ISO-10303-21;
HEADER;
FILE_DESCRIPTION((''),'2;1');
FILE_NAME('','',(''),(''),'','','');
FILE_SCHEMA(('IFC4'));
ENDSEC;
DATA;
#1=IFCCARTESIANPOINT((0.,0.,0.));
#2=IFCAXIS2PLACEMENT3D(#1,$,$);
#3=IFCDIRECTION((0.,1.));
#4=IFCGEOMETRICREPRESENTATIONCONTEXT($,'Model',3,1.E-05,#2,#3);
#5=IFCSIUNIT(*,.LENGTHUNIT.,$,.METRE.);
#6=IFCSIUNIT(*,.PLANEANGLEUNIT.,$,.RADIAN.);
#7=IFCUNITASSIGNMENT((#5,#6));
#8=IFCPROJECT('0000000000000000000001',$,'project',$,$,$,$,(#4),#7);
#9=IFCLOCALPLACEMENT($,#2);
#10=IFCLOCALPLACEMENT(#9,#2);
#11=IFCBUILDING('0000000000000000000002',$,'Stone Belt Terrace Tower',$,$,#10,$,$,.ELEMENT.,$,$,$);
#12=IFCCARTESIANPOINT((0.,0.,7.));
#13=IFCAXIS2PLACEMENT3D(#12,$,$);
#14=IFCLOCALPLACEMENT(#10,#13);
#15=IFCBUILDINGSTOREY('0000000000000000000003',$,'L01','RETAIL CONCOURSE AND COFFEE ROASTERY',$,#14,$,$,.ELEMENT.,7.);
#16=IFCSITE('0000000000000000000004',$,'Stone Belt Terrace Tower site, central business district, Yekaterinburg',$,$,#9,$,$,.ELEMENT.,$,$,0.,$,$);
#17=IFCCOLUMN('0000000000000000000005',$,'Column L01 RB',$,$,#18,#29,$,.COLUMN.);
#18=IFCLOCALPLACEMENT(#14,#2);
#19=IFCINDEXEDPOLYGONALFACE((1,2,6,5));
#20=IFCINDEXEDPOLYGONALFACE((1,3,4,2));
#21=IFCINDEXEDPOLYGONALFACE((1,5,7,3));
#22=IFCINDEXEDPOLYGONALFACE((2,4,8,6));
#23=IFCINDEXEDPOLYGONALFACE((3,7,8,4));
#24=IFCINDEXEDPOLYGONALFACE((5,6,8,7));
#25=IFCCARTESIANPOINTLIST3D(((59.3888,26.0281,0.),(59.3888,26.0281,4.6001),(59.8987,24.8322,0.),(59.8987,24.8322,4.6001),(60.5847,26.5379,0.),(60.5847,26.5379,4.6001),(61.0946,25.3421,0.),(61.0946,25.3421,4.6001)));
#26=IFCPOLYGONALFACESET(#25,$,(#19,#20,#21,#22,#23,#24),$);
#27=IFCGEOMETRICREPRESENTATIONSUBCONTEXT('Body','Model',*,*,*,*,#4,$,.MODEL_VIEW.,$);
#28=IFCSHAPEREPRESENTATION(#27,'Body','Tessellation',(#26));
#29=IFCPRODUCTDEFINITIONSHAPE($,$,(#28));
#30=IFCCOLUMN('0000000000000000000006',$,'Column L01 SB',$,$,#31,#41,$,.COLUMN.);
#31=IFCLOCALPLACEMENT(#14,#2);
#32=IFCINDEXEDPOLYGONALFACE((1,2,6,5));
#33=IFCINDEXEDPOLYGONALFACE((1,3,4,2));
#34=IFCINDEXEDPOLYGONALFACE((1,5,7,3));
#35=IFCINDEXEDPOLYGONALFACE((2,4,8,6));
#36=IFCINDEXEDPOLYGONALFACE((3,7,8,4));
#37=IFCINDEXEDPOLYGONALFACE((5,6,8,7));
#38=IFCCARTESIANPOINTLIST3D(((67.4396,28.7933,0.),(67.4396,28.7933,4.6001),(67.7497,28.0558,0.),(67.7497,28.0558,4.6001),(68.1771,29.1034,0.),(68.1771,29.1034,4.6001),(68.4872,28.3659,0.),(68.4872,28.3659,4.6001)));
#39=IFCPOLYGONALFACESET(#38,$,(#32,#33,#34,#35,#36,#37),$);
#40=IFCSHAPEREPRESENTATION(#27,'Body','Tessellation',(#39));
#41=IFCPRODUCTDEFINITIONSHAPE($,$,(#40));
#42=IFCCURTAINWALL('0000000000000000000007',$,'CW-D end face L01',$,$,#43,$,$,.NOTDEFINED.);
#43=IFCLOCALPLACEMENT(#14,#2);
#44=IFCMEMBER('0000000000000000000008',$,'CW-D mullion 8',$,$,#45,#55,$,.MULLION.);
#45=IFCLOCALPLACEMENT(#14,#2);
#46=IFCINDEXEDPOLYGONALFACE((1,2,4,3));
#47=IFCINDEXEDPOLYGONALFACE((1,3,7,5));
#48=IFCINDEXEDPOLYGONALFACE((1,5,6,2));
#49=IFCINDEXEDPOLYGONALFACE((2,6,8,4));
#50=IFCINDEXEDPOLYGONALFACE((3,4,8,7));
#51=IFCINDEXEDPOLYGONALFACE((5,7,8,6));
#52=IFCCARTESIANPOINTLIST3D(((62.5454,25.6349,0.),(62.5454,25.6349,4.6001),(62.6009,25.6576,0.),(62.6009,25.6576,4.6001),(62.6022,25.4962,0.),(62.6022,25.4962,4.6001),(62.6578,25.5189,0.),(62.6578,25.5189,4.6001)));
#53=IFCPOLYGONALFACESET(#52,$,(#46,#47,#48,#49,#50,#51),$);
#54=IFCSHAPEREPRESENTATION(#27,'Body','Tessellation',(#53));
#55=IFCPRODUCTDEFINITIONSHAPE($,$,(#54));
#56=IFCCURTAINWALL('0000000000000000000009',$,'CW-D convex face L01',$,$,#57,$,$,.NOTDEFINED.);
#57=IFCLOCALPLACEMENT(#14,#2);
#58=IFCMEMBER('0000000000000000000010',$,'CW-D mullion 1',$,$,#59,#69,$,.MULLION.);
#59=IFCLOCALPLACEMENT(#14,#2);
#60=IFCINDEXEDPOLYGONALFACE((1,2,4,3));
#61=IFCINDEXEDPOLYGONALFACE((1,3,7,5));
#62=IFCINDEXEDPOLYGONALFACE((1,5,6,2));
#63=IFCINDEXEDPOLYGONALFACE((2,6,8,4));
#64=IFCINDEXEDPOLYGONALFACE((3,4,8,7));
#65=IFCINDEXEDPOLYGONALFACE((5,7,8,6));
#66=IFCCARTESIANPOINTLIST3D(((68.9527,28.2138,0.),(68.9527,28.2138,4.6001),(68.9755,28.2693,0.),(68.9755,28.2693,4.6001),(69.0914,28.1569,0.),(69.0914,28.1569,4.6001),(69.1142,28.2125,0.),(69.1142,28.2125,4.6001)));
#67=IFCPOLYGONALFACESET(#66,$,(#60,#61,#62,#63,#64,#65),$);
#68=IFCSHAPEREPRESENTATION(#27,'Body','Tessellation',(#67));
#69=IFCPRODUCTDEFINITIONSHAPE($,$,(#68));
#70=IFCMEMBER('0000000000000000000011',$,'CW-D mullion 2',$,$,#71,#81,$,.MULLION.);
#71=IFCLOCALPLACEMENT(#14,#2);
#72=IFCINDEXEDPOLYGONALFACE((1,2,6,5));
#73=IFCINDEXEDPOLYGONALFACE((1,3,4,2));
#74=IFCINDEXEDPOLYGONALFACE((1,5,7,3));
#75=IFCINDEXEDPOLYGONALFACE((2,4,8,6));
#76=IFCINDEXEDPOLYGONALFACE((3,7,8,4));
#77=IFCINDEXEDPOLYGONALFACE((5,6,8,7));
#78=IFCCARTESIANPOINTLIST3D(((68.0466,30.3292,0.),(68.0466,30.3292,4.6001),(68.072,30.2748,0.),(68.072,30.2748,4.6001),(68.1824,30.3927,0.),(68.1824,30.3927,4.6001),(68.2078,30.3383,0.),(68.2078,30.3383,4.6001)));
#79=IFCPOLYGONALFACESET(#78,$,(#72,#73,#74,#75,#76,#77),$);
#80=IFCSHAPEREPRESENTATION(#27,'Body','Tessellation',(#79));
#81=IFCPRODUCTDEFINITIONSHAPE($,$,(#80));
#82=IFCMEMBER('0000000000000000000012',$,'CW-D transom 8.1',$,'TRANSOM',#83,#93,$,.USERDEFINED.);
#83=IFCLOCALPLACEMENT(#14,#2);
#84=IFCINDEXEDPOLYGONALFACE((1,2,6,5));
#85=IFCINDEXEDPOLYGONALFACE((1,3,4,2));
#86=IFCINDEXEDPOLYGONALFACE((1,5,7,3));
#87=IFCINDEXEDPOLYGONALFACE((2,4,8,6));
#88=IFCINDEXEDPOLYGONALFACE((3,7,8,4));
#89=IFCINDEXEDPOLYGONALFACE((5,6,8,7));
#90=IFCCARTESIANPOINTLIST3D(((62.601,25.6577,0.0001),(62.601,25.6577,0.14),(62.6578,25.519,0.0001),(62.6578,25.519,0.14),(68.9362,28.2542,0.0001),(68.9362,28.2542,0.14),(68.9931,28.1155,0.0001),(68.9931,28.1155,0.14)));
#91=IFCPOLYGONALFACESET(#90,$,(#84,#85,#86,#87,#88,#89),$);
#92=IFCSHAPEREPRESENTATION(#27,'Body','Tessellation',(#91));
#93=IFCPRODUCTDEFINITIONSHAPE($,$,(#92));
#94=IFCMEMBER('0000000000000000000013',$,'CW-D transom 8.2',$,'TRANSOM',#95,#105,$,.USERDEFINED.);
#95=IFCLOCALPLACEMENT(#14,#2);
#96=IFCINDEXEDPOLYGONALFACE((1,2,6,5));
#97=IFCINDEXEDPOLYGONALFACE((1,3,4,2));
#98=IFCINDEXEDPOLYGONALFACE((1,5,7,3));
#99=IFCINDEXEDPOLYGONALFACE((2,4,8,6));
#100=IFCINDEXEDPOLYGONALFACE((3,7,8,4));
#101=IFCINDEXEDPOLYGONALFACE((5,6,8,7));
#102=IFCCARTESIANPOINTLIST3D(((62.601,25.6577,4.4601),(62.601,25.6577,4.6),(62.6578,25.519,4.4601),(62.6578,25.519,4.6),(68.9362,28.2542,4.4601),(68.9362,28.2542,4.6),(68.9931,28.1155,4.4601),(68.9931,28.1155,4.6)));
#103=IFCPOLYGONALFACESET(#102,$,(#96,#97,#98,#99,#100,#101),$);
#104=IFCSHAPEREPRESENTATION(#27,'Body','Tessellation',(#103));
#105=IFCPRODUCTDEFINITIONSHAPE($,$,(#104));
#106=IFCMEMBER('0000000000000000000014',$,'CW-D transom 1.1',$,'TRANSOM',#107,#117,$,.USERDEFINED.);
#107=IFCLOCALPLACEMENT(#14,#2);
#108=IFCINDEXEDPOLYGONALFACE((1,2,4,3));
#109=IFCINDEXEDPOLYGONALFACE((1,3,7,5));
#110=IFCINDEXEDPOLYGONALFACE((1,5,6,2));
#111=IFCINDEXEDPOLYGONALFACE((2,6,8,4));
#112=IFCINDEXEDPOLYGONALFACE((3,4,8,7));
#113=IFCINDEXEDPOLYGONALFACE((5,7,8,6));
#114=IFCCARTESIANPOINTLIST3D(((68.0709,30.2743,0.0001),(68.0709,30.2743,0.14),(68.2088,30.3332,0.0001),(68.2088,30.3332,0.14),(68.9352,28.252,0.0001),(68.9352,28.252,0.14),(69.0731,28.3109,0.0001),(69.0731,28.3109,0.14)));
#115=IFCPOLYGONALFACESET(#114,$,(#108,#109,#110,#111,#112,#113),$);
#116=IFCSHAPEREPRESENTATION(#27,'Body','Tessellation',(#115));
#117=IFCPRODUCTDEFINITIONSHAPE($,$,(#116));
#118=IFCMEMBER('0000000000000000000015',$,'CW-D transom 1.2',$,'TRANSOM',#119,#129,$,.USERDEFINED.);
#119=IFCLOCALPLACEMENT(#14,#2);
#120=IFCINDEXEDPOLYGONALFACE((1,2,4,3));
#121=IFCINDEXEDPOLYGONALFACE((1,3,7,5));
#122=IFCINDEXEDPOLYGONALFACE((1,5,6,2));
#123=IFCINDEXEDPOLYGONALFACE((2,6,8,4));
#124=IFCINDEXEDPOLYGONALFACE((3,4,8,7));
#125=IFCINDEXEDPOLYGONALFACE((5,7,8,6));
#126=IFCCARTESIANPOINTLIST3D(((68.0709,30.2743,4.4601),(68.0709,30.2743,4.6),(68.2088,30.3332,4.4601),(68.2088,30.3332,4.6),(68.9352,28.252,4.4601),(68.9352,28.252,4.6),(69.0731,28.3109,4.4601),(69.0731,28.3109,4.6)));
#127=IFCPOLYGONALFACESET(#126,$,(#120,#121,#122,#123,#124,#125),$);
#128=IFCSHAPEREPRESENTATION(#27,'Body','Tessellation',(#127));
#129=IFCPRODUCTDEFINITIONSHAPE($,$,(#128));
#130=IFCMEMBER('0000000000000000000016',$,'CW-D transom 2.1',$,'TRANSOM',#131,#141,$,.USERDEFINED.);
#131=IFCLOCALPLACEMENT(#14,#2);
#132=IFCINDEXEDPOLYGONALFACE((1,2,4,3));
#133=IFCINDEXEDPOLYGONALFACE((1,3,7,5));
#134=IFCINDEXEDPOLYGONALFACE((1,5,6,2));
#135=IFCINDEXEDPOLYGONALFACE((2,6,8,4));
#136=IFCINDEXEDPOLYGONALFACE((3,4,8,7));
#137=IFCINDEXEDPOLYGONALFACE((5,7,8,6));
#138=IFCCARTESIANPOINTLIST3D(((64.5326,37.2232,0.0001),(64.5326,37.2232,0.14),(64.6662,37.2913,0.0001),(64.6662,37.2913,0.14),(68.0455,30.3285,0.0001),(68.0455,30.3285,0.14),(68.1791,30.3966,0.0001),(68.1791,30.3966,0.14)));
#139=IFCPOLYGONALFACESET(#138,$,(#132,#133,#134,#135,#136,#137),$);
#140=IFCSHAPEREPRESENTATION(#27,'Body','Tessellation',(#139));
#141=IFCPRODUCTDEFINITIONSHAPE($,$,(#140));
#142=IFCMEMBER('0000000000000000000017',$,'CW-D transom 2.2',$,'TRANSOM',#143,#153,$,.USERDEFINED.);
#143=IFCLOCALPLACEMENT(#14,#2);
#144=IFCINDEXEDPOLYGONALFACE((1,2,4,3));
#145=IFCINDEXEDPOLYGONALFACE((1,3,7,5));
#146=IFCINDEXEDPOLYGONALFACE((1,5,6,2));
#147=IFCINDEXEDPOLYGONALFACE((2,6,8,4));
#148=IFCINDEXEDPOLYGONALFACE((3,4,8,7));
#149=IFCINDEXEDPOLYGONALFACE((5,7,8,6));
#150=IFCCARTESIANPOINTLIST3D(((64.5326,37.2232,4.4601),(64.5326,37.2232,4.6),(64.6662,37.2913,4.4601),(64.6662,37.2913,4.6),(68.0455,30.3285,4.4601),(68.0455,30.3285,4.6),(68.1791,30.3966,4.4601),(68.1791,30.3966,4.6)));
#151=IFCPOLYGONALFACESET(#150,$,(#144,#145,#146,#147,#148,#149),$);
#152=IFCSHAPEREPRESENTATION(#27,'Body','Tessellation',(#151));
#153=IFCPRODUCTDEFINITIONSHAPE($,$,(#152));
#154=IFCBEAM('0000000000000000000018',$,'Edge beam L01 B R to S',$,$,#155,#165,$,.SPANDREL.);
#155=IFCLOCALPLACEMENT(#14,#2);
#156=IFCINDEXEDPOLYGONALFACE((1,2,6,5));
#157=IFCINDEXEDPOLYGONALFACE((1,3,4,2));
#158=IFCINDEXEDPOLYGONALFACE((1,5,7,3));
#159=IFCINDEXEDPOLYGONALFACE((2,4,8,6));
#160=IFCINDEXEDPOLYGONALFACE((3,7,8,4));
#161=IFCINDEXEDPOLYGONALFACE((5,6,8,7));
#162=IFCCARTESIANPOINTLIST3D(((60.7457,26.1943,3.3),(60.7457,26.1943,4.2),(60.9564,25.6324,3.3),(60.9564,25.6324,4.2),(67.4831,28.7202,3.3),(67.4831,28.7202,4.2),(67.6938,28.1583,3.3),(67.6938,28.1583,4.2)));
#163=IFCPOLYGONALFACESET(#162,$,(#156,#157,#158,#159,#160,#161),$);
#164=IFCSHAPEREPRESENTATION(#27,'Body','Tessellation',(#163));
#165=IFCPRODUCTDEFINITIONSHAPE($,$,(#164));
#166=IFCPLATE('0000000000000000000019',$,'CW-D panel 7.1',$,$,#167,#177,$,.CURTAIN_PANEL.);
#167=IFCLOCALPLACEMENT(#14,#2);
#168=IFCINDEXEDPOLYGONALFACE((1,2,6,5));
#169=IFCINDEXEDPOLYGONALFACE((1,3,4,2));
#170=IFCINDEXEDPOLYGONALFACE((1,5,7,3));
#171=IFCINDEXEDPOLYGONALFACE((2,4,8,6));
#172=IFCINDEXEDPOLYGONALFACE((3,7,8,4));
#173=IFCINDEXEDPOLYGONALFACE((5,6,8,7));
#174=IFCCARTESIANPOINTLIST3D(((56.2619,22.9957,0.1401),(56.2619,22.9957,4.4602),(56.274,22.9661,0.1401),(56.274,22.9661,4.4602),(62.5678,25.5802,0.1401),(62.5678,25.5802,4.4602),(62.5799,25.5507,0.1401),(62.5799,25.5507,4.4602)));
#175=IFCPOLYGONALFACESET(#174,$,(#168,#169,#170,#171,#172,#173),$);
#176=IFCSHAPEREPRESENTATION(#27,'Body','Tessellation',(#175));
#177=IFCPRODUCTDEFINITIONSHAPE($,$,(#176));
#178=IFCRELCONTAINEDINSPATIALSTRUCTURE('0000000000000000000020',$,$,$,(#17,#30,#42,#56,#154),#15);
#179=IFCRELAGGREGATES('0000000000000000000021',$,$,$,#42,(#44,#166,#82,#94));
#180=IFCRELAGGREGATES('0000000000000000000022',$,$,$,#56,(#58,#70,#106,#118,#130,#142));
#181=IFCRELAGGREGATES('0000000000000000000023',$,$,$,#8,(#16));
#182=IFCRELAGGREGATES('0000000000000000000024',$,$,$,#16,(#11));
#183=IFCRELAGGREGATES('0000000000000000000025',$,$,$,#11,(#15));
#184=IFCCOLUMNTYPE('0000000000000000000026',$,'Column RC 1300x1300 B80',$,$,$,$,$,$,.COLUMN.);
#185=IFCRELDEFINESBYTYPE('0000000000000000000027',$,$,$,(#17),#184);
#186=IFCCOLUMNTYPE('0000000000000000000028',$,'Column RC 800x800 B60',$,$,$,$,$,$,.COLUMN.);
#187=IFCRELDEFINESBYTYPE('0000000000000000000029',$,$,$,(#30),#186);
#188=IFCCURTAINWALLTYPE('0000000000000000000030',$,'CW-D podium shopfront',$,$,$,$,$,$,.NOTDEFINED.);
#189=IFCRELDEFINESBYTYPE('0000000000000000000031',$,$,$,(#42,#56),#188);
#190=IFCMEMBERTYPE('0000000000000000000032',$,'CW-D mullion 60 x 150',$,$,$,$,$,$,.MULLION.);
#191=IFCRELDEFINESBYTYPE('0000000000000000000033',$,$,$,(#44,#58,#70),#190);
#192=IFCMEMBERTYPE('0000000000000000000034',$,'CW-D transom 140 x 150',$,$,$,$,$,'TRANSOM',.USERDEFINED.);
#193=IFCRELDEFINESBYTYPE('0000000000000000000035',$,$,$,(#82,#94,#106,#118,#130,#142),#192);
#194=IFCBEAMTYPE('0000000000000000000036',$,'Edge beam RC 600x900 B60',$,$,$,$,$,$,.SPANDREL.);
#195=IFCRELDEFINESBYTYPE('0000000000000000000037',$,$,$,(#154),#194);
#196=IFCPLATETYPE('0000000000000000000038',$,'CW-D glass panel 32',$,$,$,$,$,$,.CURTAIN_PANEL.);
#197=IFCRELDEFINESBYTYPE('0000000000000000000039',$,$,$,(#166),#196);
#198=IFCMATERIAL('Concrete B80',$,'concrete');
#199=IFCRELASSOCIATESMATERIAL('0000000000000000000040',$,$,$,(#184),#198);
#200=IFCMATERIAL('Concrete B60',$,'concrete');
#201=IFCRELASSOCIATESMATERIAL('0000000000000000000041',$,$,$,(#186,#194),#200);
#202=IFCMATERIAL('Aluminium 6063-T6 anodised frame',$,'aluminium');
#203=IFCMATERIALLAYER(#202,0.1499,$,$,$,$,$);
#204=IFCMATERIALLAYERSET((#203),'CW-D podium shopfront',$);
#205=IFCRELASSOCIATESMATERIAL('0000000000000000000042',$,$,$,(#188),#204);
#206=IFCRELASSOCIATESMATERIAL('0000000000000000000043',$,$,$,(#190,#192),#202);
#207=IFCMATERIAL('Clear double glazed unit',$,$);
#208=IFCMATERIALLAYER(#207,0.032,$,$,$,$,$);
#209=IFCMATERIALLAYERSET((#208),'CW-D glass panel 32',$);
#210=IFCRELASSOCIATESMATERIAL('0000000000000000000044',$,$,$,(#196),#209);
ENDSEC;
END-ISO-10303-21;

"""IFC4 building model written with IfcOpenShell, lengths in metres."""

from ifc_helpers import new_model, si_unit, direction, frame, origin, origin_2d, place, context, subcontext, project, spatial, rectangle, extrude, material, layer, layer_set, material_profile, profile_set, type_object, element, aggregate, save


model = new_model("IFC4")

# Units and contexts
model_context = context("Model", 3, precision=1e-05, world=origin(), true_north=direction((0.0, 1.0)))
body_context = subcontext(model_context, "Body", "Model", "MODEL_VIEW")
ifc_project = project(units=[si_unit("LENGTHUNIT", "METRE"), si_unit("PLANEANGLEUNIT", "RADIAN")], contexts=[model_context])

# Site, building, storey
site_placement = place(None, origin())
site = spatial("IfcSite", under=ifc_project, at=site_placement, Name="Stone Belt Terrace Tower site, central business district, Yekaterinburg", CompositionType="ELEMENT", RefElevation=0.0)
building_placement = place(site_placement, origin())
building = spatial("IfcBuilding", under=site, at=building_placement, Name="Stone Belt Terrace Tower", CompositionType="ELEMENT")
storey_placement = place(building_placement, frame((0.0, 0.0, 7.0)))
storey = spatial("IfcBuildingStorey", under=building, at=storey_placement, Name="L01", Description="RETAIL CONCOURSE AND COFFEE ROASTERY", CompositionType="ELEMENT", Elevation=7.0)

# Columns
ifc_material_1 = material(Name="Concrete B80", Category="concrete")
ifc_material_profile_1 = material_profile(ifc_material_1, rectangle(XDim=1.3, YDim=1.3, at=origin_2d()), Name="RC 1300x1300")
ifc_profile_set_1 = profile_set([ifc_material_profile_1], Name="Concrete B80")
column_type_1 = type_object("IfcColumnType", Name="Column RC 1300x1300 B80", PredefinedType="COLUMN", material=ifc_profile_set_1)
column_1_placement = place(storey_placement, frame((60.2417, 25.6851, 0.0), z_axis=(0.0, 0.0, 1.0), x_axis=(0.392204, -0.919878, 0.0)))
element("IfcColumn", 1, at=column_1_placement, inside=storey, type_object=column_type_1, Name="Column L01 RB", PredefinedType="COLUMN", context=body_context, shape_type="SweptSolid", body=[
    extrude(rectangle(XDim=1.3, YDim=1.3, at=origin_2d()), origin(), (0.0, 0.0, 1.0), 4.6001),
])
ifc_material_2 = material(Name="Concrete B60", Category="concrete")
ifc_material_profile_2 = material_profile(ifc_material_2, rectangle(XDim=0.8, YDim=0.8, at=origin_2d()), Name="RC 800x800")
ifc_profile_set_2 = profile_set([ifc_material_profile_2], Name="Concrete B60")
column_type_2 = type_object("IfcColumnType", Name="Column RC 800x800 B60", PredefinedType="COLUMN", material=ifc_profile_set_2)
column_2_placement = place(storey_placement, frame((67.9634, 28.5796, 0.0), z_axis=(0.0, 0.0, 1.0), x_axis=(0.387636, -0.921812, 0.0)))
element("IfcColumn", 2, at=column_2_placement, inside=storey, type_object=column_type_2, Name="Column L01 SB", PredefinedType="COLUMN", context=body_context, shape_type="SweptSolid", body=[
    extrude(rectangle(XDim=0.8, YDim=0.8, at=origin_2d()), origin(), (0.0, 0.0, 1.0), 4.6001),
])

# Curtain wall, member
ifc_material_3 = material(Name="Aluminium 6063-T6 anodised frame", Category="aluminium")
ifc_layer_1 = layer(ifc_material_3, 0.1499)
ifc_layer_set_1 = layer_set([ifc_layer_1], Name="CW-D podium shopfront")
curtain_wall_type = type_object("IfcCurtainWallType", Name="CW-D podium shopfront", PredefinedType="NOTDEFINED", material=ifc_layer_set_1)
curtain_wall_1_placement = place(storey_placement, origin())
curtain_wall_1 = element("IfcCurtainWall", 3, at=curtain_wall_1_placement, inside=storey, type_object=curtain_wall_type, Name="CW-D end face L01", PredefinedType="NOTDEFINED")
ifc_material_profile_3 = material_profile(ifc_material_3, rectangle(XDim=0.1499, YDim=0.0601, at=origin_2d()), Name="Aluminium 6063-T6 60x150")
ifc_profile_set_3 = profile_set([ifc_material_profile_3], Name="Aluminium 6063-T6 anodised frame")
member_type_1 = type_object("IfcMemberType", Name="CW-D mullion 60 x 150", PredefinedType="MULLION", material=ifc_profile_set_3)
member_1_placement = place(storey_placement, frame((62.6016, 25.5769, 0.0), z_axis=(0.0, 0.0, 1.0), x_axis=(-0.379243, 0.925297, 0.0)))
member_1 = element("IfcMember", 4, at=member_1_placement, type_object=member_type_1, Name="CW-D mullion 8", PredefinedType="MULLION", context=body_context, shape_type="SweptSolid", body=[
    extrude(rectangle(XDim=0.1499, YDim=0.0601, at=origin_2d()), origin(), (0.0, 0.0, 1.0), 4.6001),
])

# Curtain wall, members
curtain_wall_2_placement = place(storey_placement, origin())
curtain_wall_2 = element("IfcCurtainWall", 5, at=curtain_wall_2_placement, inside=storey, type_object=curtain_wall_type, Name="CW-D convex face L01", PredefinedType="NOTDEFINED")
member_2_placement = place(storey_placement, frame((69.0334, 28.2131, 0.0), z_axis=(0.0, 0.0, 1.0), x_axis=(-0.92531, 0.379212, 0.0)))
member_2 = element("IfcMember", 6, at=member_2_placement, type_object=member_type_1, Name="CW-D mullion 1", PredefinedType="MULLION", context=body_context, shape_type="SweptSolid", body=[
    extrude(rectangle(XDim=0.1499, YDim=0.0601, at=origin_2d()), origin(), (0.0, 0.0, 1.0), 4.6001),
])
member_3_placement = place(storey_placement, frame((68.1272, 30.3337, 0.0), z_axis=(0.0, 0.0, 1.0), x_axis=(-0.905778, -0.423752, 0.0)))
member_3 = element("IfcMember", 7, at=member_3_placement, type_object=member_type_1, Name="CW-D mullion 2", PredefinedType="MULLION", context=body_context, shape_type="SweptSolid", body=[
    extrude(rectangle(XDim=0.1499, YDim=0.0601, at=origin_2d()), origin(), (0.0, 0.0, 1.0), 4.6001),
])

# Members
ifc_material_profile_4 = material_profile(ifc_material_3, rectangle(XDim=0.1499, YDim=0.1399, at=origin_2d()), Name="Aluminium 6063-T6 150x140")
ifc_profile_set_4 = profile_set([ifc_material_profile_4], Name="Aluminium 6063-T6 anodised frame")
member_type_2 = type_object("IfcMemberType", Name="CW-D transom 140 x 150", ElementType="TRANSOM", PredefinedType="USERDEFINED", material=ifc_profile_set_4)
member_4_placement = place(storey_placement, frame((62.6294, 25.5884, 0.0701), z_axis=(0.925303, 0.379228, 0.0), x_axis=(-0.379228, 0.925303, 0.0)))
member_4 = element("IfcMember", 8, at=member_4_placement, type_object=member_type_2, Name="CW-D transom 8.1", ObjectType="TRANSOM", PredefinedType="USERDEFINED", context=body_context, shape_type="SweptSolid", body=[
    extrude(rectangle(XDim=0.1499, YDim=0.1399, at=origin_2d()), origin(), (0.0, 0.0, 1.0), 6.8467),
])
member_5_placement = place(storey_placement, frame((62.6294, 25.5884, 4.53), z_axis=(0.925303, 0.379228, 0.0), x_axis=(-0.379228, 0.925303, 0.0)))
member_5 = element("IfcMember", 9, at=member_5_placement, type_object=member_type_2, Name="CW-D transom 8.2", ObjectType="TRANSOM", PredefinedType="USERDEFINED", context=body_context, shape_type="SweptSolid", body=[
    extrude(rectangle(XDim=0.1499, YDim=0.1399, at=origin_2d()), origin(), (0.0, 0.0, 1.0), 6.8467),
])
member_6_placement = place(storey_placement, frame((69.0042, 28.2815, 0.0701), z_axis=(-0.392995, 0.919541, 0.0), x_axis=(-0.919541, -0.392995, 0.0)))
member_6 = element("IfcMember", 10, at=member_6_placement, type_object=member_type_2, Name="CW-D transom 1.1", ObjectType="TRANSOM", PredefinedType="USERDEFINED", context=body_context, shape_type="SweptSolid", body=[
    extrude(rectangle(XDim=0.1499, YDim=0.1399, at=origin_2d()), origin(), (0.0, 0.0, 1.0), 2.1992),
])
member_7_placement = place(storey_placement, frame((69.0042, 28.2815, 4.53), z_axis=(-0.392995, 0.919541, 0.0), x_axis=(-0.919541, -0.392995, 0.0)))
member_7 = element("IfcMember", 11, at=member_7_placement, type_object=member_type_2, Name="CW-D transom 1.2", ObjectType="TRANSOM", PredefinedType="USERDEFINED", context=body_context, shape_type="SweptSolid", body=[
    extrude(rectangle(XDim=0.1499, YDim=0.1399, at=origin_2d()), origin(), (0.0, 0.0, 1.0), 2.1992),
])
member_8_placement = place(storey_placement, frame((68.1123, 30.3625, 0.0701), z_axis=(-0.453978, 0.891013, 0.0), x_axis=(-0.891013, -0.453978, 0.0)))
member_8 = element("IfcMember", 12, at=member_8_placement, type_object=member_type_2, Name="CW-D transom 2.1", ObjectType="TRANSOM", PredefinedType="USERDEFINED", context=body_context, shape_type="SweptSolid", body=[
    extrude(rectangle(XDim=0.1499, YDim=0.1399, at=origin_2d()), origin(), (0.0, 0.0, 1.0), 7.738),
])
member_9_placement = place(storey_placement, frame((68.1123, 30.3625, 4.53), z_axis=(-0.453978, 0.891013, 0.0), x_axis=(-0.891013, -0.453978, 0.0)))
member_9 = element("IfcMember", 13, at=member_9_placement, type_object=member_type_2, Name="CW-D transom 2.2", ObjectType="TRANSOM", PredefinedType="USERDEFINED", context=body_context, shape_type="SweptSolid", body=[
    extrude(rectangle(XDim=0.1499, YDim=0.1399, at=origin_2d()), origin(), (0.0, 0.0, 1.0), 7.738),
])

# Beam
ifc_material_profile_5 = material_profile(ifc_material_2, rectangle(XDim=0.6001, YDim=0.8999, at=origin_2d()), Name="RC 600x900")
ifc_profile_set_5 = profile_set([ifc_material_profile_5], Name="Concrete B60")
beam_type = type_object("IfcBeamType", Name="Edge beam RC 600x900 B60", PredefinedType="SPANDREL", material=ifc_profile_set_5)
beam_placement = place(storey_placement, frame((60.8511, 25.9133, 3.75), z_axis=(0.936357, 0.351049, 0.0), x_axis=(-0.351049, 0.936357, 0.0)))
element("IfcBeam", 14, at=beam_placement, inside=storey, type_object=beam_type, Name="Edge beam L01 B R to S", PredefinedType="SPANDREL", context=body_context, shape_type="SweptSolid", body=[
    extrude(rectangle(XDim=0.6001, YDim=0.8999, at=origin_2d()), origin(), (0.0, 0.0, 1.0), 7.1953),
])

# Plate
ifc_material_4 = material(Name="Clear double glazed unit")
ifc_layer_2 = layer(ifc_material_4, 0.032)
ifc_layer_set_2 = layer_set([ifc_layer_2], Name="CW-D glass panel 32")
plate_type = type_object("IfcPlateType", Name="CW-D glass panel 32", PredefinedType="CURTAIN_PANEL", material=ifc_layer_set_2)
plate_1_placement = place(storey_placement, frame((59.4209, 24.2732, 0.1401), z_axis=(0.0, 0.0, 1.0), x_axis=(0.925297, 0.379243, 0.0)))
plate_1 = element("IfcPlate", 15, at=plate_1_placement, type_object=plate_type, Name="CW-D panel 7.1", PredefinedType="CURTAIN_PANEL", context=body_context, shape_type="SweptSolid", body=[
    extrude(rectangle(XDim=6.8149, YDim=0.032, at=origin_2d()), origin(), (0.0, 0.0, 1.0), 4.3201),
])
aggregate(curtain_wall_1, [member_1, plate_1, member_4, member_5])
aggregate(curtain_wall_2, [member_2, member_3, member_6, member_7, member_8, member_9])

save(model, "model.ifc")
